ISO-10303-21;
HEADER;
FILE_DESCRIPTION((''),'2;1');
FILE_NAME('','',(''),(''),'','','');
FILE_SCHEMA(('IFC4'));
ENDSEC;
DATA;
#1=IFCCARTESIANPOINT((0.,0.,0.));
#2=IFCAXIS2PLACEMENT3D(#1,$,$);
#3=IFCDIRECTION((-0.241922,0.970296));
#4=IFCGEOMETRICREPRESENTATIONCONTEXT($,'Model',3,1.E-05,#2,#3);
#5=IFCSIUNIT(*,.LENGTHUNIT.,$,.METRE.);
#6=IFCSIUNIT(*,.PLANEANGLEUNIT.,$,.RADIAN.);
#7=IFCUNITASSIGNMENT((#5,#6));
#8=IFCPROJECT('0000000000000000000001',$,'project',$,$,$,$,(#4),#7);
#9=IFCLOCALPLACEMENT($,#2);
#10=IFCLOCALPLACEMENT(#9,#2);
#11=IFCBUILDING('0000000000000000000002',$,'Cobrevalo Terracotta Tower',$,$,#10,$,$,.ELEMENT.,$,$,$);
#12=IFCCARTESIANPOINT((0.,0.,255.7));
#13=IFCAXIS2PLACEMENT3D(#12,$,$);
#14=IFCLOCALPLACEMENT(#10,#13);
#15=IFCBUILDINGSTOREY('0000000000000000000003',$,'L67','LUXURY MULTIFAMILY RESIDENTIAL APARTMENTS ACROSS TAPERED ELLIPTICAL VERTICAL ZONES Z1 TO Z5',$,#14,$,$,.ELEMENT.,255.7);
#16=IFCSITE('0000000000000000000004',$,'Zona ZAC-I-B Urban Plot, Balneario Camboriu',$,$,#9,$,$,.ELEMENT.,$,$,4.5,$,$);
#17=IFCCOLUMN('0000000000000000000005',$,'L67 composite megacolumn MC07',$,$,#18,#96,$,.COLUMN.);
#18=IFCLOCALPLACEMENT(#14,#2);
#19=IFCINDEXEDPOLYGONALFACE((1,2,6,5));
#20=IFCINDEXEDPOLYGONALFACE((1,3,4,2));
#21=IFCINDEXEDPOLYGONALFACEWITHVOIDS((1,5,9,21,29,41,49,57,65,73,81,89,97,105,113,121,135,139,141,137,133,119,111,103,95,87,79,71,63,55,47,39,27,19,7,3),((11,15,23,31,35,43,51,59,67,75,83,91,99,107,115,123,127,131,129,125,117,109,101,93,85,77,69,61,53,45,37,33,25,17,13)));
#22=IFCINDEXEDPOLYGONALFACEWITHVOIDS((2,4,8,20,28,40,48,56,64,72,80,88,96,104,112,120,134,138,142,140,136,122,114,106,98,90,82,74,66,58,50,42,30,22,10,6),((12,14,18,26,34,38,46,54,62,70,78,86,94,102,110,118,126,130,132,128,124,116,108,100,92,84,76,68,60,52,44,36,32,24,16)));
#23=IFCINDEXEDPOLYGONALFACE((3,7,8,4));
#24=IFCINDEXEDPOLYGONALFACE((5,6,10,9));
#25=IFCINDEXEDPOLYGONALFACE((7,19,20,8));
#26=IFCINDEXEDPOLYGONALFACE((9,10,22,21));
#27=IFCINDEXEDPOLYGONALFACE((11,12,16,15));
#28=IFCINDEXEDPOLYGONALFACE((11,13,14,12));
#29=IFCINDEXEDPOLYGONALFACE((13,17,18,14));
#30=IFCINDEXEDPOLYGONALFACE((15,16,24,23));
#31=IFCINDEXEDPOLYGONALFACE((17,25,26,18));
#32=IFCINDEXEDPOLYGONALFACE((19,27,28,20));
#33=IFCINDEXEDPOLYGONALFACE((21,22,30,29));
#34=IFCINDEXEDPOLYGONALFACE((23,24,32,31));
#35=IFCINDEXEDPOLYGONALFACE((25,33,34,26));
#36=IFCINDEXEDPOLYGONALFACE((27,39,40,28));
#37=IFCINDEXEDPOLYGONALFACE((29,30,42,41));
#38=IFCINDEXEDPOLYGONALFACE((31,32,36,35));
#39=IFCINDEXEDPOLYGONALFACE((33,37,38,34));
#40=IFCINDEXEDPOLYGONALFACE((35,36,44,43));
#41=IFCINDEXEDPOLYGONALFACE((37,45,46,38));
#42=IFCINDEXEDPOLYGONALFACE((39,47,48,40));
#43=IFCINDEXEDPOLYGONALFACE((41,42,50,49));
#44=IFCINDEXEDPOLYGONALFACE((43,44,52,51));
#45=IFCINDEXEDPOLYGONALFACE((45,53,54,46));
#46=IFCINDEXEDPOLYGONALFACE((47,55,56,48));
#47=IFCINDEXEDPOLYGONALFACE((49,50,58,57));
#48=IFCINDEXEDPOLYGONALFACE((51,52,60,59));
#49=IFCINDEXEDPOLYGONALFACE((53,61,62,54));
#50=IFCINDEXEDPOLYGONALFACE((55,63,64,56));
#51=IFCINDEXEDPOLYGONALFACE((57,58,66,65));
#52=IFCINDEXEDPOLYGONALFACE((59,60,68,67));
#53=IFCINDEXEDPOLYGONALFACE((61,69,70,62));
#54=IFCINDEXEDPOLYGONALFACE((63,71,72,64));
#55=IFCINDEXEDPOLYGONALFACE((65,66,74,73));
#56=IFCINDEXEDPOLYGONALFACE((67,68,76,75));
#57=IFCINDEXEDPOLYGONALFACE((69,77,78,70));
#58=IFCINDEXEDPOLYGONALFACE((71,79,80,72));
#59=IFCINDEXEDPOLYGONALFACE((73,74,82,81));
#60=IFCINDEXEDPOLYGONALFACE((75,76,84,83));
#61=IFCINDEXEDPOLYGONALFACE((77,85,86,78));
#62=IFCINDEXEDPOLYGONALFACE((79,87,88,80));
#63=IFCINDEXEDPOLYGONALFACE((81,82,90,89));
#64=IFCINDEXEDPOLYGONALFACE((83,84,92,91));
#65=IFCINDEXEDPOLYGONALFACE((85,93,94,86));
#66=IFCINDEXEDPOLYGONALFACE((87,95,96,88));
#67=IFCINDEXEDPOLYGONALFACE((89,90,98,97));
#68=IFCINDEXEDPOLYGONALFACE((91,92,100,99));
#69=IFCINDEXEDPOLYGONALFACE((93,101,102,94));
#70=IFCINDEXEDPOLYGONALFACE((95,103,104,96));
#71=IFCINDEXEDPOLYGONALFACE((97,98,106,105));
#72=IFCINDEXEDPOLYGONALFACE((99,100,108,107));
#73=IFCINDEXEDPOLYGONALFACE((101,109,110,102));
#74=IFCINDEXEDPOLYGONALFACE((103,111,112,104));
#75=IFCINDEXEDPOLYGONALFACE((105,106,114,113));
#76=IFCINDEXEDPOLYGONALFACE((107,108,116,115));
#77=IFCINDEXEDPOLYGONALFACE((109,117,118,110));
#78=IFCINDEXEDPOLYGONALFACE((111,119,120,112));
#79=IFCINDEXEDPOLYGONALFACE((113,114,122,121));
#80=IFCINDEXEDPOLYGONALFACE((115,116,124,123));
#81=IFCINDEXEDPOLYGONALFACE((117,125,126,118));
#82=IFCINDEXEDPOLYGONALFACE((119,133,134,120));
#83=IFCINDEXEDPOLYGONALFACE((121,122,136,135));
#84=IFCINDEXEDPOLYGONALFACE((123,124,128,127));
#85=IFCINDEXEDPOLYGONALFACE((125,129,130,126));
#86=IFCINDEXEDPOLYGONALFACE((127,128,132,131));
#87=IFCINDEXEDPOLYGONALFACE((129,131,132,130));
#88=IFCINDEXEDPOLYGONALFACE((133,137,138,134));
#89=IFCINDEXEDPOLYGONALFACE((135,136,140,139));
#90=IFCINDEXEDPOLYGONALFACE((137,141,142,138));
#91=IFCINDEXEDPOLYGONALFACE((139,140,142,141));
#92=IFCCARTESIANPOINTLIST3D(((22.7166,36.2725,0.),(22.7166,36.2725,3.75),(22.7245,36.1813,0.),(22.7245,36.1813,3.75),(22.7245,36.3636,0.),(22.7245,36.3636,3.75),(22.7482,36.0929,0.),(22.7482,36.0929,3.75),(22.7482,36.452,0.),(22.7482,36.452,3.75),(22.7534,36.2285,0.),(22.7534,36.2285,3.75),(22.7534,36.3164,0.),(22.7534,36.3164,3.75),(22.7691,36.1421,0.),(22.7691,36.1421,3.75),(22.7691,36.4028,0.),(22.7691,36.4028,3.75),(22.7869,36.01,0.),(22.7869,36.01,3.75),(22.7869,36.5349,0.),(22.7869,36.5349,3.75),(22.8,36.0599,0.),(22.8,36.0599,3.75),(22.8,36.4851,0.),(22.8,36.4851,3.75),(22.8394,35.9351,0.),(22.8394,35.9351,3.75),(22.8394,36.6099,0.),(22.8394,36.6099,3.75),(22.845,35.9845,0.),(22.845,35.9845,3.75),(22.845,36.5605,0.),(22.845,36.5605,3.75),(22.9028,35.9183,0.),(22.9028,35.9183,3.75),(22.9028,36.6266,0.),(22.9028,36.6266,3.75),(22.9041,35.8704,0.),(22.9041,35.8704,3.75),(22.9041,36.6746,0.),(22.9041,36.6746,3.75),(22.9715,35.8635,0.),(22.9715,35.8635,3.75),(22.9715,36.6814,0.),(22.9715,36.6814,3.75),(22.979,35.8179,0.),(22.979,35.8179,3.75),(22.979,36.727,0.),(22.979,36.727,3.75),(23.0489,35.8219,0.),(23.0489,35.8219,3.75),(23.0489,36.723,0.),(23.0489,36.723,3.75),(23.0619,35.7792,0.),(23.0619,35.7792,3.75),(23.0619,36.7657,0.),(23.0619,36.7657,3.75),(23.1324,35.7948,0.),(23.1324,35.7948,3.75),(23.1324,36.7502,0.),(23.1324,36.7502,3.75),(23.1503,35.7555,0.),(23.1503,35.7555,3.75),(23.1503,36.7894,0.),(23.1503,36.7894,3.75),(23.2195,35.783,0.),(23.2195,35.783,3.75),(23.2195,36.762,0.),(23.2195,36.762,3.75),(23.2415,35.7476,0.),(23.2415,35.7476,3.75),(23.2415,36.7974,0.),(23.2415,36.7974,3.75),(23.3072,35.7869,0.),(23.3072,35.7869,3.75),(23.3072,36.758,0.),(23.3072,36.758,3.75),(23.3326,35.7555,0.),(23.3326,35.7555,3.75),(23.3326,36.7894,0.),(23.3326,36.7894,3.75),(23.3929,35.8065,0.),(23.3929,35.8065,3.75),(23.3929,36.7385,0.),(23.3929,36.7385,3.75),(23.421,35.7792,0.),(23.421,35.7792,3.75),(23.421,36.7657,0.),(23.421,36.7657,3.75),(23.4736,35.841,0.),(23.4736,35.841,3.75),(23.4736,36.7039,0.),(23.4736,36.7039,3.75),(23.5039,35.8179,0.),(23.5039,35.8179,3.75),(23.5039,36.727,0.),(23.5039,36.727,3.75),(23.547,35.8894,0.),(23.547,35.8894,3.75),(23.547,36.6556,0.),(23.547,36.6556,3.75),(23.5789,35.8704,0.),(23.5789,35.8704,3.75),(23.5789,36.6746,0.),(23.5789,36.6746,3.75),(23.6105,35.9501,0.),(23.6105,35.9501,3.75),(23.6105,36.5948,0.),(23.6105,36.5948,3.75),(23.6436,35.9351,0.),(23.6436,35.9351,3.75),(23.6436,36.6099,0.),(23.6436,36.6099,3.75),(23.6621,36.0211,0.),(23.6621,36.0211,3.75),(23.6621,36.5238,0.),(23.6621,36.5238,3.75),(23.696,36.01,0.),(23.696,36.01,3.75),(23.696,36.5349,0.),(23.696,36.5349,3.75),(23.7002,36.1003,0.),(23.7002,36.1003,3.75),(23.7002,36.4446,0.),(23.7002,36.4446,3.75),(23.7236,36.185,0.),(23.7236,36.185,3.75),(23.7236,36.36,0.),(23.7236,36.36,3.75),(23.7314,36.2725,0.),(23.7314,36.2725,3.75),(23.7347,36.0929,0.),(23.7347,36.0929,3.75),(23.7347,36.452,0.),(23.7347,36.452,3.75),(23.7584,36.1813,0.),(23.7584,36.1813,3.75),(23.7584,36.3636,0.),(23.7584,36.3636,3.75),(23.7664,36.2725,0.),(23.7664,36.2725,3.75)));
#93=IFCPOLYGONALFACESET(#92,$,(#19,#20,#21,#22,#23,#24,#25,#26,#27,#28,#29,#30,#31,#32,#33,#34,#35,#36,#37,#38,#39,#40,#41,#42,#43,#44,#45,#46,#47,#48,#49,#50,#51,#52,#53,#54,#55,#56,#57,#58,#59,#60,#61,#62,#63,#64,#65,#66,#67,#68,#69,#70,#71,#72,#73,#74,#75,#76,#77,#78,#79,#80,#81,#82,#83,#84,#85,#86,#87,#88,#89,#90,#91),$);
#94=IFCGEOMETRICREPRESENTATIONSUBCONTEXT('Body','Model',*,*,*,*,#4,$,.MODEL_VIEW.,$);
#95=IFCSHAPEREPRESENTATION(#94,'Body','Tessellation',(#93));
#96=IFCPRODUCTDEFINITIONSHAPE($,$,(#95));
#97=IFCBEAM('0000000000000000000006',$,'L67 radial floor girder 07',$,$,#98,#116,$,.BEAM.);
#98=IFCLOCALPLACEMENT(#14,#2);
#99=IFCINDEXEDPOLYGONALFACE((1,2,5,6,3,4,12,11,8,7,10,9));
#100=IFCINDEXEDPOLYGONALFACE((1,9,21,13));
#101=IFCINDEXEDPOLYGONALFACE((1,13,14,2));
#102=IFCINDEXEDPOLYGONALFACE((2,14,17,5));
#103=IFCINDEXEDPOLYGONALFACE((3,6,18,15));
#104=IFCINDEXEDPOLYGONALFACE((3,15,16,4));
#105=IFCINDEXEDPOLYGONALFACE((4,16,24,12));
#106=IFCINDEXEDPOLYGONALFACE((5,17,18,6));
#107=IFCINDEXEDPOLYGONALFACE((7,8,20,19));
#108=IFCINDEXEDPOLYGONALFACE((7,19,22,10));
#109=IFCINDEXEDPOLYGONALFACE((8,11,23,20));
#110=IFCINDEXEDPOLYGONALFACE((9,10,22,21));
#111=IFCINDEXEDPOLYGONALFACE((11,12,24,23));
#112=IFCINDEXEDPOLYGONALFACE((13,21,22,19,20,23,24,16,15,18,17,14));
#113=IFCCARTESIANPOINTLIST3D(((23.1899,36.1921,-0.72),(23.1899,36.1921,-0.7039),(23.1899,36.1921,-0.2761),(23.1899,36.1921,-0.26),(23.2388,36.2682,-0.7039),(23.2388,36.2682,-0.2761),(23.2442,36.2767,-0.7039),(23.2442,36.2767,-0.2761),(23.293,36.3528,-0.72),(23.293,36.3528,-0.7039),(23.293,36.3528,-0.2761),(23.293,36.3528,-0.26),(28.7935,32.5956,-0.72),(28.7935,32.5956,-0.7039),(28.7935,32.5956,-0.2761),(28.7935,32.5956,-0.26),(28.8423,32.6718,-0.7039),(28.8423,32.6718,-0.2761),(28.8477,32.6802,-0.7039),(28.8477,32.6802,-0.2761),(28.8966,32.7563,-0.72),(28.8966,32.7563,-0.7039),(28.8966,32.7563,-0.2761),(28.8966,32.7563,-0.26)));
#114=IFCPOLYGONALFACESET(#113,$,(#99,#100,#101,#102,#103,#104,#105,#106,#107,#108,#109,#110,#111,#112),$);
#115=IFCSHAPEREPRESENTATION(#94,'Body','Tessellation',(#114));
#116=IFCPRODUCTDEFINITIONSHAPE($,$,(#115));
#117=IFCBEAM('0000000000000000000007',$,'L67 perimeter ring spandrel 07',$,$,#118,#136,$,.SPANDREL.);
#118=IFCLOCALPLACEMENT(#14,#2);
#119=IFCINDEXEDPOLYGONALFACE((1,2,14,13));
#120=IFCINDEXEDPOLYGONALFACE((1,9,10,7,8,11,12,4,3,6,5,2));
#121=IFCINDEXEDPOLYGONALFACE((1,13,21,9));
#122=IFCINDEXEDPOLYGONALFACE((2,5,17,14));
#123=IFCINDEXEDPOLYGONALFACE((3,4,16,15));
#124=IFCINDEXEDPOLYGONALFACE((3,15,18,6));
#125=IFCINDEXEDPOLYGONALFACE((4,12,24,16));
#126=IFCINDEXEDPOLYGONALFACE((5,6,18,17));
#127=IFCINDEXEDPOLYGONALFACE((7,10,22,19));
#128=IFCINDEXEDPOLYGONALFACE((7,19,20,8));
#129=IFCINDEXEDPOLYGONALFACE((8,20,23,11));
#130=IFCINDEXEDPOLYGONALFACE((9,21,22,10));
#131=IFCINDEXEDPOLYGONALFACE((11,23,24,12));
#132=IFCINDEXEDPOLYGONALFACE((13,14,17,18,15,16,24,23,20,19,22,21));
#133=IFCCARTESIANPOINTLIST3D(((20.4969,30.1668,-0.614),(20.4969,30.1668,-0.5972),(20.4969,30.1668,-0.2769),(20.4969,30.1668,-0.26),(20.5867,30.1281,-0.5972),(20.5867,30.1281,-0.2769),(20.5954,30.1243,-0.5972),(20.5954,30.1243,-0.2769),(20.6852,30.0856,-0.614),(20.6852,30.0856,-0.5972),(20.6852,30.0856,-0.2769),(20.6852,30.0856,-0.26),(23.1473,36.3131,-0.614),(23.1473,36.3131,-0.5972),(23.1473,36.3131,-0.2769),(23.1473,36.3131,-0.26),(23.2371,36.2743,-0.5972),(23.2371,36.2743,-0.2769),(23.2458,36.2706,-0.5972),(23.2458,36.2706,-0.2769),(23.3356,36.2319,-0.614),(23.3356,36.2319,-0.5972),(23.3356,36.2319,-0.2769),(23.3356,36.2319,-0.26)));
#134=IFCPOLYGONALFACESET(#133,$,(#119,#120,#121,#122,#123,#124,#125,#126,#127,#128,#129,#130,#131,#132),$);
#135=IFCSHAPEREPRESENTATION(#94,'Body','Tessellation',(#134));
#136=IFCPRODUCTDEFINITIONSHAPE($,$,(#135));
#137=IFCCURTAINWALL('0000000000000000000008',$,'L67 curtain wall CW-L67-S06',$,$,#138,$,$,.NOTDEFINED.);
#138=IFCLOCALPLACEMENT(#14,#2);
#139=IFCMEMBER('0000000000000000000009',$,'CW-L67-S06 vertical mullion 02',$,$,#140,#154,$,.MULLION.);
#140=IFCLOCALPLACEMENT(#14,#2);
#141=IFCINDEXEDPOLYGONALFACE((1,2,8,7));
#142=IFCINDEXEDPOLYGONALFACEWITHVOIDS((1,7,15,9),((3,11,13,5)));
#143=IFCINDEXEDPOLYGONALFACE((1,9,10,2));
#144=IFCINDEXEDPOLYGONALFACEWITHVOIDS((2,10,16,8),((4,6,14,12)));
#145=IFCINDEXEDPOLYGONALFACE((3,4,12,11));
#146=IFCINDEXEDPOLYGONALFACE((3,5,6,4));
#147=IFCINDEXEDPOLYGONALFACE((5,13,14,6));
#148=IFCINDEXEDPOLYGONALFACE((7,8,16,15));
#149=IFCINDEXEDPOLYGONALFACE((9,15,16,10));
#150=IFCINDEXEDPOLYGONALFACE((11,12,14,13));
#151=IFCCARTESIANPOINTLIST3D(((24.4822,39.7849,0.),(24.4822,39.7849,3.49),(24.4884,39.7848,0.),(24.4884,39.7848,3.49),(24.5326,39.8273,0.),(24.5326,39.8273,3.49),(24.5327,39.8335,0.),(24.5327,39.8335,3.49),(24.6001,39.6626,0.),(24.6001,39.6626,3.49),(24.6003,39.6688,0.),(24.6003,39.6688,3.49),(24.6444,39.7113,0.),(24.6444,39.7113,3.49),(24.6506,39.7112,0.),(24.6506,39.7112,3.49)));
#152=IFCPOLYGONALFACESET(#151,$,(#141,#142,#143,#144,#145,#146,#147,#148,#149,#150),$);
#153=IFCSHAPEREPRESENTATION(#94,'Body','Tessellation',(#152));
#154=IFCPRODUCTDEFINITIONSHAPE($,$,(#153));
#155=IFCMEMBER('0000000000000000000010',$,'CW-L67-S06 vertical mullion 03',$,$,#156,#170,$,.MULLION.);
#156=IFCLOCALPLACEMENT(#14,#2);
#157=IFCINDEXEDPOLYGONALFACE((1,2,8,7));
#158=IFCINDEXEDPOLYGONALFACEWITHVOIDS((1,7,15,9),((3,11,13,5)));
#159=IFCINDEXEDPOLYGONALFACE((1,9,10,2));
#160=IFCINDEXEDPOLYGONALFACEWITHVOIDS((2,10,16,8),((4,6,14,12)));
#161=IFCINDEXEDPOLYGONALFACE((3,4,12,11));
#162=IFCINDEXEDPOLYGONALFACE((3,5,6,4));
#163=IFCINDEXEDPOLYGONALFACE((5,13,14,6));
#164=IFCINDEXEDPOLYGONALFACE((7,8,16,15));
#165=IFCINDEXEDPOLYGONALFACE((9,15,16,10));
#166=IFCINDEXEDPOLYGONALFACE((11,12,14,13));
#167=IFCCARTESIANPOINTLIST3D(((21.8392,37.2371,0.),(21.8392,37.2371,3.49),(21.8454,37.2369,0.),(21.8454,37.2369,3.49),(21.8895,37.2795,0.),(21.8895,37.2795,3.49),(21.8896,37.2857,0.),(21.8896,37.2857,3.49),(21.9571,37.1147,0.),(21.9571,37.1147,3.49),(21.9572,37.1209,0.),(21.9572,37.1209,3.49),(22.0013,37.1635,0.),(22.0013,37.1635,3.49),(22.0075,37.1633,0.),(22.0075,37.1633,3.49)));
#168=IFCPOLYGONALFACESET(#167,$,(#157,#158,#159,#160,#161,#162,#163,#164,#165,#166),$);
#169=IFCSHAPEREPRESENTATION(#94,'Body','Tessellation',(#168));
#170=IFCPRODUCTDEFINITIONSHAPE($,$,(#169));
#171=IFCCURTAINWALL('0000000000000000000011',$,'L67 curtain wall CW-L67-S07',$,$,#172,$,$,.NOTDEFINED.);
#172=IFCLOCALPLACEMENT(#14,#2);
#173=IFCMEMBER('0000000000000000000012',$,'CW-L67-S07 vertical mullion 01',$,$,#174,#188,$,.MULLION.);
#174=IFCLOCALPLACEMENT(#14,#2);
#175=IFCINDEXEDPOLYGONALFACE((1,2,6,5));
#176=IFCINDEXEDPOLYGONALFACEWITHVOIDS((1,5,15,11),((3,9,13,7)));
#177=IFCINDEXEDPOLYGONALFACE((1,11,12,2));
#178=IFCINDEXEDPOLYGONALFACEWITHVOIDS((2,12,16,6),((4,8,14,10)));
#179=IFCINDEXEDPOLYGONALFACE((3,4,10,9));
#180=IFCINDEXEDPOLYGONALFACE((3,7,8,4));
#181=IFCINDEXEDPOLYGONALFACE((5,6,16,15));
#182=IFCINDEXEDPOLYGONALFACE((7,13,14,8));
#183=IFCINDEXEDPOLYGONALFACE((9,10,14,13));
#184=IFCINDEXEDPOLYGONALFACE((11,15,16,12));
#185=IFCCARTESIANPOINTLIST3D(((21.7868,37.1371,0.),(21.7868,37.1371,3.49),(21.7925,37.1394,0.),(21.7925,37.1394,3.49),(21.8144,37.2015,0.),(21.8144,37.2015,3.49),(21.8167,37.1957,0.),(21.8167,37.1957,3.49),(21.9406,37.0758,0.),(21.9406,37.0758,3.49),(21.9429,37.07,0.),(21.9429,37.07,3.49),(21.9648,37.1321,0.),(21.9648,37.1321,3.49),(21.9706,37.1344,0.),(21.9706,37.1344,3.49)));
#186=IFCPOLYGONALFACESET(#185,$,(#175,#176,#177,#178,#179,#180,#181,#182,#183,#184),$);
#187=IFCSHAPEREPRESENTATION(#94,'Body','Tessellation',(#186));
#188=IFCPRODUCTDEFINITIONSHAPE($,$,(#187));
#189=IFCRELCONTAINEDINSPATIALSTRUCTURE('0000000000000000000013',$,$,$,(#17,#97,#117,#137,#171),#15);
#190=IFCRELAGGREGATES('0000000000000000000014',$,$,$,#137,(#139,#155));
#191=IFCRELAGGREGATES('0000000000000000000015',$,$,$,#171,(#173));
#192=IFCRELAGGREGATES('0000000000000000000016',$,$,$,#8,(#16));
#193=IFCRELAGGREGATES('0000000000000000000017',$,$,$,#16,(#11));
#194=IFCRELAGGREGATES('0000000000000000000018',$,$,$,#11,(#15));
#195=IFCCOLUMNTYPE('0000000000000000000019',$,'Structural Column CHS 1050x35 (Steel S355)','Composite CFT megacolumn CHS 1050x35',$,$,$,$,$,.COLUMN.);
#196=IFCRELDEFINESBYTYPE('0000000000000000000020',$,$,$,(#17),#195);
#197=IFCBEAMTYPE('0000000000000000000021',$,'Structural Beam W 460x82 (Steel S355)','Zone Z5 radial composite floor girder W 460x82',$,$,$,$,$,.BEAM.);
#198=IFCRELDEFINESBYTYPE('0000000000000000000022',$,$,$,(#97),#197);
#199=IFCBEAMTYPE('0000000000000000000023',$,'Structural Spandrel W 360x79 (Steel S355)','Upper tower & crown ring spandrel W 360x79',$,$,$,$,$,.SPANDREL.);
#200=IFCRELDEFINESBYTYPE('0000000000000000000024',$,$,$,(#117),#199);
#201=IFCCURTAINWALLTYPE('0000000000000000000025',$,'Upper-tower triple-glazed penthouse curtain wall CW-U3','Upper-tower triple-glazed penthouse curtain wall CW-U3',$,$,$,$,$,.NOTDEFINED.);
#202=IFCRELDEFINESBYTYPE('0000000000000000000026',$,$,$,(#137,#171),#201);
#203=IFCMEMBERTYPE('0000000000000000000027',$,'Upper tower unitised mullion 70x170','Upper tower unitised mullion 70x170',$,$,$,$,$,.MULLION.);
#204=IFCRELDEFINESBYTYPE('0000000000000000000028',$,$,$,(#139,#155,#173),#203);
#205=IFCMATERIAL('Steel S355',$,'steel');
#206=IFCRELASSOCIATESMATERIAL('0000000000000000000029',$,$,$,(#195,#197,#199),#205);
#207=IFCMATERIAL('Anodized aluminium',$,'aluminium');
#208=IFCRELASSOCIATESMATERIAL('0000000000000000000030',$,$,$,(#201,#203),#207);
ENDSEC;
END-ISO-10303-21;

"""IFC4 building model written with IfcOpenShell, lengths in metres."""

from ifc_helpers import new_model, si_unit, direction, frame, origin, origin_2d, place, context, subcontext, project, spatial, hollow_rectangle, hollow_circle, i_section, extrude, source, transform, mapped, material, material_profile, profile_set, type_object, element, aggregate, save


model = new_model("IFC4")

# Units and contexts
model_context = context("Model", 3, precision=1e-05, world=origin(), true_north=direction((-0.241922, 0.970296)))
body_context = subcontext(model_context, "Body", "Model", "MODEL_VIEW")
ifc_project = project(units=[si_unit("LENGTHUNIT", "METRE"), si_unit("PLANEANGLEUNIT", "RADIAN")], contexts=[model_context])

# Site, building, storey
site_placement = place(None, origin())
site = spatial("IfcSite", under=ifc_project, at=site_placement, Name="Zona ZAC-I-B Urban Plot, Balneario Camboriu", CompositionType="ELEMENT", RefElevation=4.5)
building_placement = place(site_placement, origin())
building = spatial("IfcBuilding", under=site, at=building_placement, Name="Cobrevalo Terracotta Tower", CompositionType="ELEMENT")
storey_placement = place(building_placement, frame((0.0, 0.0, 255.7)))
storey = spatial("IfcBuildingStorey", under=building, at=storey_placement, Name="L67", Description="LUXURY MULTIFAMILY RESIDENTIAL APARTMENTS ACROSS TAPERED ELLIPTICAL VERTICAL ZONES Z1 TO Z5", CompositionType="ELEMENT", Elevation=255.7)

# Column
ifc_material_1 = material(Name="Steel S355", Category="steel")
ifc_material_profile_1 = material_profile(ifc_material_1, hollow_circle(Radius=0.5249, WallThickness=0.0349, at=origin_2d()), Name="CHS 1050x35")
ifc_profile_set_1 = profile_set([ifc_material_profile_1], Name="Steel S355")
column_type = type_object("IfcColumnType", Name="Structural Column CHS 1050x35 (Steel S355)", Description="Composite CFT megacolumn CHS 1050x35", PredefinedType="COLUMN", material=ifc_profile_set_1)
column_placement = place(storey_placement, frame((23.2415, 36.2725, 0.0), z_axis=(0.0, 0.0, 1.0), x_axis=(1.0, 0.0, 0.0)))
element("IfcColumn", 1, at=column_placement, inside=storey, type_object=column_type, Name="L67 composite megacolumn MC07", PredefinedType="COLUMN", context=body_context, shape_type="SweptSolid", body=[
    extrude(hollow_circle(Radius=0.5249, WallThickness=0.0349, at=origin_2d()), origin(), (0.0, 0.0, 1.0), 3.75),
])

# Beams
ifc_material_profile_2 = material_profile(ifc_material_1, i_section(OverallWidth=0.1909, OverallDepth=0.46, WebThickness=0.01, FlangeThickness=0.0161, at=origin_2d()), Name="W 460x82")
ifc_profile_set_2 = profile_set([ifc_material_profile_2], Name="Steel S355")
beam_type_1 = type_object("IfcBeamType", Name="Structural Beam W 460x82 (Steel S355)", Description="Zone Z5 radial composite floor girder W 460x82", PredefinedType="BEAM", material=ifc_profile_set_2)
beam_1_placement = place(storey_placement, frame((23.2415, 36.2725, -0.49), z_axis=(0.841576, -0.540138, 0.0), x_axis=(0.540138, 0.841576, 0.0)))
element("IfcBeam", 2, at=beam_1_placement, inside=storey, type_object=beam_type_1, Name="L67 radial floor girder 07", PredefinedType="BEAM", context=body_context, shape_type="SweptSolid", body=[
    extrude(i_section(OverallWidth=0.1909, OverallDepth=0.46, WebThickness=0.01, FlangeThickness=0.0161, at=origin_2d()), origin(), (0.0, 0.0, 1.0), 6.6584),
])
ifc_material_profile_3 = material_profile(ifc_material_1, i_section(OverallWidth=0.2051, OverallDepth=0.354, WebThickness=0.0095, FlangeThickness=0.0168, at=origin_2d()), Name="W 360x79")
ifc_profile_set_3 = profile_set([ifc_material_profile_3], Name="Steel S355")
beam_type_2 = type_object("IfcBeamType", Name="Structural Spandrel W 360x79 (Steel S355)", Description="Upper tower & crown ring spandrel W 360x79", PredefinedType="SPANDREL", material=ifc_profile_set_3)
beam_2_placement = place(storey_placement, frame((23.2415, 36.2725, -0.437), z_axis=(-0.395974, -0.918262, 0.0), x_axis=(0.918262, -0.395974, 0.0)))
element("IfcBeam", 3, at=beam_2_placement, inside=storey, type_object=beam_type_2, Name="L67 perimeter ring spandrel 07", PredefinedType="SPANDREL", context=body_context, shape_type="SweptSolid", body=[
    extrude(i_section(OverallWidth=0.2051, OverallDepth=0.354, WebThickness=0.0095, FlangeThickness=0.0168, at=origin_2d()), origin(), (0.0, 0.0, 1.0), 6.6934),
])

# Curtain walls, members
ifc_material_2 = material(Name="Anodized aluminium", Category="aluminium")
curtain_wall_type = type_object("IfcCurtainWallType", Name="Upper-tower triple-glazed penthouse curtain wall CW-U3", Description="Upper-tower triple-glazed penthouse curtain wall CW-U3", PredefinedType="NOTDEFINED", material=ifc_material_2)
curtain_wall_1_placement = place(storey_placement, origin())
curtain_wall_1 = element("IfcCurtainWall", 4, at=curtain_wall_1_placement, inside=storey, type_object=curtain_wall_type, Name="L67 curtain wall CW-L67-S06", PredefinedType="NOTDEFINED")
ifc_material_profile_4 = material_profile(ifc_material_2, hollow_rectangle(XDim=0.0701, YDim=0.1699, WallThickness=0.0044, at=origin_2d()), Name="CWM 70x170")
ifc_profile_set_4 = profile_set([ifc_material_profile_4], Name="Anodized aluminium")
member_type_1 = type_object("IfcMemberType", Name="Upper tower unitised mullion 70x170", Description="Upper tower unitised mullion 70x170", PredefinedType="MULLION", material=ifc_profile_set_4)
shared_shape_1 = source(origin(), body_context, "Body", "SweptSolid", [
    extrude(hollow_rectangle(XDim=0.0701, YDim=0.1699, WallThickness=0.0044, at=origin_2d()), origin(), (0.0, 0.0, 1.0), 3.49),
])
member_1_placement = place(storey_placement, frame((24.5664, 39.748, 0.0), z_axis=(0.0, 0.0, 1.0), x_axis=(-0.719994, -0.69398, 0.0)))
member_1 = element("IfcMember", 5, at=member_1_placement, type_object=member_type_1, Name="CW-L67-S06 vertical mullion 02", PredefinedType="MULLION", context=body_context, shape_type="MappedRepresentation", body=[
    mapped(shared_shape_1, transform((0.0, 0.0, 0.0), scale=1.0)),
])
member_2_placement = place(storey_placement, frame((21.9233, 37.2002, 0.0), z_axis=(0.0, 0.0, 1.0), x_axis=(-0.719994, -0.69398, 0.0)))
member_2 = element("IfcMember", 6, at=member_2_placement, type_object=member_type_1, Name="CW-L67-S06 vertical mullion 03", PredefinedType="MULLION", context=body_context, shape_type="MappedRepresentation", body=[
    mapped(shared_shape_1, transform((0.0, 0.0, 0.0), scale=1.0)),
])
curtain_wall_2_placement = place(storey_placement, origin())
curtain_wall_2 = element("IfcCurtainWall", 7, at=curtain_wall_2_placement, inside=storey, type_object=curtain_wall_type, Name="L67 curtain wall CW-L67-S07", PredefinedType="NOTDEFINED")
member_3_placement = place(storey_placement, frame((21.8787, 37.1357, 0.0), z_axis=(0.0, 0.0, 1.0), x_axis=(-0.394824, -0.918757, 0.0)))
member_3 = element("IfcMember", 8, at=member_3_placement, type_object=member_type_1, Name="CW-L67-S07 vertical mullion 01", PredefinedType="MULLION", context=body_context, shape_type="MappedRepresentation", body=[
    mapped(shared_shape_1, transform((0.0, 0.0, 0.0), scale=1.0)),
])

aggregate(curtain_wall_1, [member_1, member_2])
aggregate(curtain_wall_2, [member_3])

save(model, "model.ifc")
